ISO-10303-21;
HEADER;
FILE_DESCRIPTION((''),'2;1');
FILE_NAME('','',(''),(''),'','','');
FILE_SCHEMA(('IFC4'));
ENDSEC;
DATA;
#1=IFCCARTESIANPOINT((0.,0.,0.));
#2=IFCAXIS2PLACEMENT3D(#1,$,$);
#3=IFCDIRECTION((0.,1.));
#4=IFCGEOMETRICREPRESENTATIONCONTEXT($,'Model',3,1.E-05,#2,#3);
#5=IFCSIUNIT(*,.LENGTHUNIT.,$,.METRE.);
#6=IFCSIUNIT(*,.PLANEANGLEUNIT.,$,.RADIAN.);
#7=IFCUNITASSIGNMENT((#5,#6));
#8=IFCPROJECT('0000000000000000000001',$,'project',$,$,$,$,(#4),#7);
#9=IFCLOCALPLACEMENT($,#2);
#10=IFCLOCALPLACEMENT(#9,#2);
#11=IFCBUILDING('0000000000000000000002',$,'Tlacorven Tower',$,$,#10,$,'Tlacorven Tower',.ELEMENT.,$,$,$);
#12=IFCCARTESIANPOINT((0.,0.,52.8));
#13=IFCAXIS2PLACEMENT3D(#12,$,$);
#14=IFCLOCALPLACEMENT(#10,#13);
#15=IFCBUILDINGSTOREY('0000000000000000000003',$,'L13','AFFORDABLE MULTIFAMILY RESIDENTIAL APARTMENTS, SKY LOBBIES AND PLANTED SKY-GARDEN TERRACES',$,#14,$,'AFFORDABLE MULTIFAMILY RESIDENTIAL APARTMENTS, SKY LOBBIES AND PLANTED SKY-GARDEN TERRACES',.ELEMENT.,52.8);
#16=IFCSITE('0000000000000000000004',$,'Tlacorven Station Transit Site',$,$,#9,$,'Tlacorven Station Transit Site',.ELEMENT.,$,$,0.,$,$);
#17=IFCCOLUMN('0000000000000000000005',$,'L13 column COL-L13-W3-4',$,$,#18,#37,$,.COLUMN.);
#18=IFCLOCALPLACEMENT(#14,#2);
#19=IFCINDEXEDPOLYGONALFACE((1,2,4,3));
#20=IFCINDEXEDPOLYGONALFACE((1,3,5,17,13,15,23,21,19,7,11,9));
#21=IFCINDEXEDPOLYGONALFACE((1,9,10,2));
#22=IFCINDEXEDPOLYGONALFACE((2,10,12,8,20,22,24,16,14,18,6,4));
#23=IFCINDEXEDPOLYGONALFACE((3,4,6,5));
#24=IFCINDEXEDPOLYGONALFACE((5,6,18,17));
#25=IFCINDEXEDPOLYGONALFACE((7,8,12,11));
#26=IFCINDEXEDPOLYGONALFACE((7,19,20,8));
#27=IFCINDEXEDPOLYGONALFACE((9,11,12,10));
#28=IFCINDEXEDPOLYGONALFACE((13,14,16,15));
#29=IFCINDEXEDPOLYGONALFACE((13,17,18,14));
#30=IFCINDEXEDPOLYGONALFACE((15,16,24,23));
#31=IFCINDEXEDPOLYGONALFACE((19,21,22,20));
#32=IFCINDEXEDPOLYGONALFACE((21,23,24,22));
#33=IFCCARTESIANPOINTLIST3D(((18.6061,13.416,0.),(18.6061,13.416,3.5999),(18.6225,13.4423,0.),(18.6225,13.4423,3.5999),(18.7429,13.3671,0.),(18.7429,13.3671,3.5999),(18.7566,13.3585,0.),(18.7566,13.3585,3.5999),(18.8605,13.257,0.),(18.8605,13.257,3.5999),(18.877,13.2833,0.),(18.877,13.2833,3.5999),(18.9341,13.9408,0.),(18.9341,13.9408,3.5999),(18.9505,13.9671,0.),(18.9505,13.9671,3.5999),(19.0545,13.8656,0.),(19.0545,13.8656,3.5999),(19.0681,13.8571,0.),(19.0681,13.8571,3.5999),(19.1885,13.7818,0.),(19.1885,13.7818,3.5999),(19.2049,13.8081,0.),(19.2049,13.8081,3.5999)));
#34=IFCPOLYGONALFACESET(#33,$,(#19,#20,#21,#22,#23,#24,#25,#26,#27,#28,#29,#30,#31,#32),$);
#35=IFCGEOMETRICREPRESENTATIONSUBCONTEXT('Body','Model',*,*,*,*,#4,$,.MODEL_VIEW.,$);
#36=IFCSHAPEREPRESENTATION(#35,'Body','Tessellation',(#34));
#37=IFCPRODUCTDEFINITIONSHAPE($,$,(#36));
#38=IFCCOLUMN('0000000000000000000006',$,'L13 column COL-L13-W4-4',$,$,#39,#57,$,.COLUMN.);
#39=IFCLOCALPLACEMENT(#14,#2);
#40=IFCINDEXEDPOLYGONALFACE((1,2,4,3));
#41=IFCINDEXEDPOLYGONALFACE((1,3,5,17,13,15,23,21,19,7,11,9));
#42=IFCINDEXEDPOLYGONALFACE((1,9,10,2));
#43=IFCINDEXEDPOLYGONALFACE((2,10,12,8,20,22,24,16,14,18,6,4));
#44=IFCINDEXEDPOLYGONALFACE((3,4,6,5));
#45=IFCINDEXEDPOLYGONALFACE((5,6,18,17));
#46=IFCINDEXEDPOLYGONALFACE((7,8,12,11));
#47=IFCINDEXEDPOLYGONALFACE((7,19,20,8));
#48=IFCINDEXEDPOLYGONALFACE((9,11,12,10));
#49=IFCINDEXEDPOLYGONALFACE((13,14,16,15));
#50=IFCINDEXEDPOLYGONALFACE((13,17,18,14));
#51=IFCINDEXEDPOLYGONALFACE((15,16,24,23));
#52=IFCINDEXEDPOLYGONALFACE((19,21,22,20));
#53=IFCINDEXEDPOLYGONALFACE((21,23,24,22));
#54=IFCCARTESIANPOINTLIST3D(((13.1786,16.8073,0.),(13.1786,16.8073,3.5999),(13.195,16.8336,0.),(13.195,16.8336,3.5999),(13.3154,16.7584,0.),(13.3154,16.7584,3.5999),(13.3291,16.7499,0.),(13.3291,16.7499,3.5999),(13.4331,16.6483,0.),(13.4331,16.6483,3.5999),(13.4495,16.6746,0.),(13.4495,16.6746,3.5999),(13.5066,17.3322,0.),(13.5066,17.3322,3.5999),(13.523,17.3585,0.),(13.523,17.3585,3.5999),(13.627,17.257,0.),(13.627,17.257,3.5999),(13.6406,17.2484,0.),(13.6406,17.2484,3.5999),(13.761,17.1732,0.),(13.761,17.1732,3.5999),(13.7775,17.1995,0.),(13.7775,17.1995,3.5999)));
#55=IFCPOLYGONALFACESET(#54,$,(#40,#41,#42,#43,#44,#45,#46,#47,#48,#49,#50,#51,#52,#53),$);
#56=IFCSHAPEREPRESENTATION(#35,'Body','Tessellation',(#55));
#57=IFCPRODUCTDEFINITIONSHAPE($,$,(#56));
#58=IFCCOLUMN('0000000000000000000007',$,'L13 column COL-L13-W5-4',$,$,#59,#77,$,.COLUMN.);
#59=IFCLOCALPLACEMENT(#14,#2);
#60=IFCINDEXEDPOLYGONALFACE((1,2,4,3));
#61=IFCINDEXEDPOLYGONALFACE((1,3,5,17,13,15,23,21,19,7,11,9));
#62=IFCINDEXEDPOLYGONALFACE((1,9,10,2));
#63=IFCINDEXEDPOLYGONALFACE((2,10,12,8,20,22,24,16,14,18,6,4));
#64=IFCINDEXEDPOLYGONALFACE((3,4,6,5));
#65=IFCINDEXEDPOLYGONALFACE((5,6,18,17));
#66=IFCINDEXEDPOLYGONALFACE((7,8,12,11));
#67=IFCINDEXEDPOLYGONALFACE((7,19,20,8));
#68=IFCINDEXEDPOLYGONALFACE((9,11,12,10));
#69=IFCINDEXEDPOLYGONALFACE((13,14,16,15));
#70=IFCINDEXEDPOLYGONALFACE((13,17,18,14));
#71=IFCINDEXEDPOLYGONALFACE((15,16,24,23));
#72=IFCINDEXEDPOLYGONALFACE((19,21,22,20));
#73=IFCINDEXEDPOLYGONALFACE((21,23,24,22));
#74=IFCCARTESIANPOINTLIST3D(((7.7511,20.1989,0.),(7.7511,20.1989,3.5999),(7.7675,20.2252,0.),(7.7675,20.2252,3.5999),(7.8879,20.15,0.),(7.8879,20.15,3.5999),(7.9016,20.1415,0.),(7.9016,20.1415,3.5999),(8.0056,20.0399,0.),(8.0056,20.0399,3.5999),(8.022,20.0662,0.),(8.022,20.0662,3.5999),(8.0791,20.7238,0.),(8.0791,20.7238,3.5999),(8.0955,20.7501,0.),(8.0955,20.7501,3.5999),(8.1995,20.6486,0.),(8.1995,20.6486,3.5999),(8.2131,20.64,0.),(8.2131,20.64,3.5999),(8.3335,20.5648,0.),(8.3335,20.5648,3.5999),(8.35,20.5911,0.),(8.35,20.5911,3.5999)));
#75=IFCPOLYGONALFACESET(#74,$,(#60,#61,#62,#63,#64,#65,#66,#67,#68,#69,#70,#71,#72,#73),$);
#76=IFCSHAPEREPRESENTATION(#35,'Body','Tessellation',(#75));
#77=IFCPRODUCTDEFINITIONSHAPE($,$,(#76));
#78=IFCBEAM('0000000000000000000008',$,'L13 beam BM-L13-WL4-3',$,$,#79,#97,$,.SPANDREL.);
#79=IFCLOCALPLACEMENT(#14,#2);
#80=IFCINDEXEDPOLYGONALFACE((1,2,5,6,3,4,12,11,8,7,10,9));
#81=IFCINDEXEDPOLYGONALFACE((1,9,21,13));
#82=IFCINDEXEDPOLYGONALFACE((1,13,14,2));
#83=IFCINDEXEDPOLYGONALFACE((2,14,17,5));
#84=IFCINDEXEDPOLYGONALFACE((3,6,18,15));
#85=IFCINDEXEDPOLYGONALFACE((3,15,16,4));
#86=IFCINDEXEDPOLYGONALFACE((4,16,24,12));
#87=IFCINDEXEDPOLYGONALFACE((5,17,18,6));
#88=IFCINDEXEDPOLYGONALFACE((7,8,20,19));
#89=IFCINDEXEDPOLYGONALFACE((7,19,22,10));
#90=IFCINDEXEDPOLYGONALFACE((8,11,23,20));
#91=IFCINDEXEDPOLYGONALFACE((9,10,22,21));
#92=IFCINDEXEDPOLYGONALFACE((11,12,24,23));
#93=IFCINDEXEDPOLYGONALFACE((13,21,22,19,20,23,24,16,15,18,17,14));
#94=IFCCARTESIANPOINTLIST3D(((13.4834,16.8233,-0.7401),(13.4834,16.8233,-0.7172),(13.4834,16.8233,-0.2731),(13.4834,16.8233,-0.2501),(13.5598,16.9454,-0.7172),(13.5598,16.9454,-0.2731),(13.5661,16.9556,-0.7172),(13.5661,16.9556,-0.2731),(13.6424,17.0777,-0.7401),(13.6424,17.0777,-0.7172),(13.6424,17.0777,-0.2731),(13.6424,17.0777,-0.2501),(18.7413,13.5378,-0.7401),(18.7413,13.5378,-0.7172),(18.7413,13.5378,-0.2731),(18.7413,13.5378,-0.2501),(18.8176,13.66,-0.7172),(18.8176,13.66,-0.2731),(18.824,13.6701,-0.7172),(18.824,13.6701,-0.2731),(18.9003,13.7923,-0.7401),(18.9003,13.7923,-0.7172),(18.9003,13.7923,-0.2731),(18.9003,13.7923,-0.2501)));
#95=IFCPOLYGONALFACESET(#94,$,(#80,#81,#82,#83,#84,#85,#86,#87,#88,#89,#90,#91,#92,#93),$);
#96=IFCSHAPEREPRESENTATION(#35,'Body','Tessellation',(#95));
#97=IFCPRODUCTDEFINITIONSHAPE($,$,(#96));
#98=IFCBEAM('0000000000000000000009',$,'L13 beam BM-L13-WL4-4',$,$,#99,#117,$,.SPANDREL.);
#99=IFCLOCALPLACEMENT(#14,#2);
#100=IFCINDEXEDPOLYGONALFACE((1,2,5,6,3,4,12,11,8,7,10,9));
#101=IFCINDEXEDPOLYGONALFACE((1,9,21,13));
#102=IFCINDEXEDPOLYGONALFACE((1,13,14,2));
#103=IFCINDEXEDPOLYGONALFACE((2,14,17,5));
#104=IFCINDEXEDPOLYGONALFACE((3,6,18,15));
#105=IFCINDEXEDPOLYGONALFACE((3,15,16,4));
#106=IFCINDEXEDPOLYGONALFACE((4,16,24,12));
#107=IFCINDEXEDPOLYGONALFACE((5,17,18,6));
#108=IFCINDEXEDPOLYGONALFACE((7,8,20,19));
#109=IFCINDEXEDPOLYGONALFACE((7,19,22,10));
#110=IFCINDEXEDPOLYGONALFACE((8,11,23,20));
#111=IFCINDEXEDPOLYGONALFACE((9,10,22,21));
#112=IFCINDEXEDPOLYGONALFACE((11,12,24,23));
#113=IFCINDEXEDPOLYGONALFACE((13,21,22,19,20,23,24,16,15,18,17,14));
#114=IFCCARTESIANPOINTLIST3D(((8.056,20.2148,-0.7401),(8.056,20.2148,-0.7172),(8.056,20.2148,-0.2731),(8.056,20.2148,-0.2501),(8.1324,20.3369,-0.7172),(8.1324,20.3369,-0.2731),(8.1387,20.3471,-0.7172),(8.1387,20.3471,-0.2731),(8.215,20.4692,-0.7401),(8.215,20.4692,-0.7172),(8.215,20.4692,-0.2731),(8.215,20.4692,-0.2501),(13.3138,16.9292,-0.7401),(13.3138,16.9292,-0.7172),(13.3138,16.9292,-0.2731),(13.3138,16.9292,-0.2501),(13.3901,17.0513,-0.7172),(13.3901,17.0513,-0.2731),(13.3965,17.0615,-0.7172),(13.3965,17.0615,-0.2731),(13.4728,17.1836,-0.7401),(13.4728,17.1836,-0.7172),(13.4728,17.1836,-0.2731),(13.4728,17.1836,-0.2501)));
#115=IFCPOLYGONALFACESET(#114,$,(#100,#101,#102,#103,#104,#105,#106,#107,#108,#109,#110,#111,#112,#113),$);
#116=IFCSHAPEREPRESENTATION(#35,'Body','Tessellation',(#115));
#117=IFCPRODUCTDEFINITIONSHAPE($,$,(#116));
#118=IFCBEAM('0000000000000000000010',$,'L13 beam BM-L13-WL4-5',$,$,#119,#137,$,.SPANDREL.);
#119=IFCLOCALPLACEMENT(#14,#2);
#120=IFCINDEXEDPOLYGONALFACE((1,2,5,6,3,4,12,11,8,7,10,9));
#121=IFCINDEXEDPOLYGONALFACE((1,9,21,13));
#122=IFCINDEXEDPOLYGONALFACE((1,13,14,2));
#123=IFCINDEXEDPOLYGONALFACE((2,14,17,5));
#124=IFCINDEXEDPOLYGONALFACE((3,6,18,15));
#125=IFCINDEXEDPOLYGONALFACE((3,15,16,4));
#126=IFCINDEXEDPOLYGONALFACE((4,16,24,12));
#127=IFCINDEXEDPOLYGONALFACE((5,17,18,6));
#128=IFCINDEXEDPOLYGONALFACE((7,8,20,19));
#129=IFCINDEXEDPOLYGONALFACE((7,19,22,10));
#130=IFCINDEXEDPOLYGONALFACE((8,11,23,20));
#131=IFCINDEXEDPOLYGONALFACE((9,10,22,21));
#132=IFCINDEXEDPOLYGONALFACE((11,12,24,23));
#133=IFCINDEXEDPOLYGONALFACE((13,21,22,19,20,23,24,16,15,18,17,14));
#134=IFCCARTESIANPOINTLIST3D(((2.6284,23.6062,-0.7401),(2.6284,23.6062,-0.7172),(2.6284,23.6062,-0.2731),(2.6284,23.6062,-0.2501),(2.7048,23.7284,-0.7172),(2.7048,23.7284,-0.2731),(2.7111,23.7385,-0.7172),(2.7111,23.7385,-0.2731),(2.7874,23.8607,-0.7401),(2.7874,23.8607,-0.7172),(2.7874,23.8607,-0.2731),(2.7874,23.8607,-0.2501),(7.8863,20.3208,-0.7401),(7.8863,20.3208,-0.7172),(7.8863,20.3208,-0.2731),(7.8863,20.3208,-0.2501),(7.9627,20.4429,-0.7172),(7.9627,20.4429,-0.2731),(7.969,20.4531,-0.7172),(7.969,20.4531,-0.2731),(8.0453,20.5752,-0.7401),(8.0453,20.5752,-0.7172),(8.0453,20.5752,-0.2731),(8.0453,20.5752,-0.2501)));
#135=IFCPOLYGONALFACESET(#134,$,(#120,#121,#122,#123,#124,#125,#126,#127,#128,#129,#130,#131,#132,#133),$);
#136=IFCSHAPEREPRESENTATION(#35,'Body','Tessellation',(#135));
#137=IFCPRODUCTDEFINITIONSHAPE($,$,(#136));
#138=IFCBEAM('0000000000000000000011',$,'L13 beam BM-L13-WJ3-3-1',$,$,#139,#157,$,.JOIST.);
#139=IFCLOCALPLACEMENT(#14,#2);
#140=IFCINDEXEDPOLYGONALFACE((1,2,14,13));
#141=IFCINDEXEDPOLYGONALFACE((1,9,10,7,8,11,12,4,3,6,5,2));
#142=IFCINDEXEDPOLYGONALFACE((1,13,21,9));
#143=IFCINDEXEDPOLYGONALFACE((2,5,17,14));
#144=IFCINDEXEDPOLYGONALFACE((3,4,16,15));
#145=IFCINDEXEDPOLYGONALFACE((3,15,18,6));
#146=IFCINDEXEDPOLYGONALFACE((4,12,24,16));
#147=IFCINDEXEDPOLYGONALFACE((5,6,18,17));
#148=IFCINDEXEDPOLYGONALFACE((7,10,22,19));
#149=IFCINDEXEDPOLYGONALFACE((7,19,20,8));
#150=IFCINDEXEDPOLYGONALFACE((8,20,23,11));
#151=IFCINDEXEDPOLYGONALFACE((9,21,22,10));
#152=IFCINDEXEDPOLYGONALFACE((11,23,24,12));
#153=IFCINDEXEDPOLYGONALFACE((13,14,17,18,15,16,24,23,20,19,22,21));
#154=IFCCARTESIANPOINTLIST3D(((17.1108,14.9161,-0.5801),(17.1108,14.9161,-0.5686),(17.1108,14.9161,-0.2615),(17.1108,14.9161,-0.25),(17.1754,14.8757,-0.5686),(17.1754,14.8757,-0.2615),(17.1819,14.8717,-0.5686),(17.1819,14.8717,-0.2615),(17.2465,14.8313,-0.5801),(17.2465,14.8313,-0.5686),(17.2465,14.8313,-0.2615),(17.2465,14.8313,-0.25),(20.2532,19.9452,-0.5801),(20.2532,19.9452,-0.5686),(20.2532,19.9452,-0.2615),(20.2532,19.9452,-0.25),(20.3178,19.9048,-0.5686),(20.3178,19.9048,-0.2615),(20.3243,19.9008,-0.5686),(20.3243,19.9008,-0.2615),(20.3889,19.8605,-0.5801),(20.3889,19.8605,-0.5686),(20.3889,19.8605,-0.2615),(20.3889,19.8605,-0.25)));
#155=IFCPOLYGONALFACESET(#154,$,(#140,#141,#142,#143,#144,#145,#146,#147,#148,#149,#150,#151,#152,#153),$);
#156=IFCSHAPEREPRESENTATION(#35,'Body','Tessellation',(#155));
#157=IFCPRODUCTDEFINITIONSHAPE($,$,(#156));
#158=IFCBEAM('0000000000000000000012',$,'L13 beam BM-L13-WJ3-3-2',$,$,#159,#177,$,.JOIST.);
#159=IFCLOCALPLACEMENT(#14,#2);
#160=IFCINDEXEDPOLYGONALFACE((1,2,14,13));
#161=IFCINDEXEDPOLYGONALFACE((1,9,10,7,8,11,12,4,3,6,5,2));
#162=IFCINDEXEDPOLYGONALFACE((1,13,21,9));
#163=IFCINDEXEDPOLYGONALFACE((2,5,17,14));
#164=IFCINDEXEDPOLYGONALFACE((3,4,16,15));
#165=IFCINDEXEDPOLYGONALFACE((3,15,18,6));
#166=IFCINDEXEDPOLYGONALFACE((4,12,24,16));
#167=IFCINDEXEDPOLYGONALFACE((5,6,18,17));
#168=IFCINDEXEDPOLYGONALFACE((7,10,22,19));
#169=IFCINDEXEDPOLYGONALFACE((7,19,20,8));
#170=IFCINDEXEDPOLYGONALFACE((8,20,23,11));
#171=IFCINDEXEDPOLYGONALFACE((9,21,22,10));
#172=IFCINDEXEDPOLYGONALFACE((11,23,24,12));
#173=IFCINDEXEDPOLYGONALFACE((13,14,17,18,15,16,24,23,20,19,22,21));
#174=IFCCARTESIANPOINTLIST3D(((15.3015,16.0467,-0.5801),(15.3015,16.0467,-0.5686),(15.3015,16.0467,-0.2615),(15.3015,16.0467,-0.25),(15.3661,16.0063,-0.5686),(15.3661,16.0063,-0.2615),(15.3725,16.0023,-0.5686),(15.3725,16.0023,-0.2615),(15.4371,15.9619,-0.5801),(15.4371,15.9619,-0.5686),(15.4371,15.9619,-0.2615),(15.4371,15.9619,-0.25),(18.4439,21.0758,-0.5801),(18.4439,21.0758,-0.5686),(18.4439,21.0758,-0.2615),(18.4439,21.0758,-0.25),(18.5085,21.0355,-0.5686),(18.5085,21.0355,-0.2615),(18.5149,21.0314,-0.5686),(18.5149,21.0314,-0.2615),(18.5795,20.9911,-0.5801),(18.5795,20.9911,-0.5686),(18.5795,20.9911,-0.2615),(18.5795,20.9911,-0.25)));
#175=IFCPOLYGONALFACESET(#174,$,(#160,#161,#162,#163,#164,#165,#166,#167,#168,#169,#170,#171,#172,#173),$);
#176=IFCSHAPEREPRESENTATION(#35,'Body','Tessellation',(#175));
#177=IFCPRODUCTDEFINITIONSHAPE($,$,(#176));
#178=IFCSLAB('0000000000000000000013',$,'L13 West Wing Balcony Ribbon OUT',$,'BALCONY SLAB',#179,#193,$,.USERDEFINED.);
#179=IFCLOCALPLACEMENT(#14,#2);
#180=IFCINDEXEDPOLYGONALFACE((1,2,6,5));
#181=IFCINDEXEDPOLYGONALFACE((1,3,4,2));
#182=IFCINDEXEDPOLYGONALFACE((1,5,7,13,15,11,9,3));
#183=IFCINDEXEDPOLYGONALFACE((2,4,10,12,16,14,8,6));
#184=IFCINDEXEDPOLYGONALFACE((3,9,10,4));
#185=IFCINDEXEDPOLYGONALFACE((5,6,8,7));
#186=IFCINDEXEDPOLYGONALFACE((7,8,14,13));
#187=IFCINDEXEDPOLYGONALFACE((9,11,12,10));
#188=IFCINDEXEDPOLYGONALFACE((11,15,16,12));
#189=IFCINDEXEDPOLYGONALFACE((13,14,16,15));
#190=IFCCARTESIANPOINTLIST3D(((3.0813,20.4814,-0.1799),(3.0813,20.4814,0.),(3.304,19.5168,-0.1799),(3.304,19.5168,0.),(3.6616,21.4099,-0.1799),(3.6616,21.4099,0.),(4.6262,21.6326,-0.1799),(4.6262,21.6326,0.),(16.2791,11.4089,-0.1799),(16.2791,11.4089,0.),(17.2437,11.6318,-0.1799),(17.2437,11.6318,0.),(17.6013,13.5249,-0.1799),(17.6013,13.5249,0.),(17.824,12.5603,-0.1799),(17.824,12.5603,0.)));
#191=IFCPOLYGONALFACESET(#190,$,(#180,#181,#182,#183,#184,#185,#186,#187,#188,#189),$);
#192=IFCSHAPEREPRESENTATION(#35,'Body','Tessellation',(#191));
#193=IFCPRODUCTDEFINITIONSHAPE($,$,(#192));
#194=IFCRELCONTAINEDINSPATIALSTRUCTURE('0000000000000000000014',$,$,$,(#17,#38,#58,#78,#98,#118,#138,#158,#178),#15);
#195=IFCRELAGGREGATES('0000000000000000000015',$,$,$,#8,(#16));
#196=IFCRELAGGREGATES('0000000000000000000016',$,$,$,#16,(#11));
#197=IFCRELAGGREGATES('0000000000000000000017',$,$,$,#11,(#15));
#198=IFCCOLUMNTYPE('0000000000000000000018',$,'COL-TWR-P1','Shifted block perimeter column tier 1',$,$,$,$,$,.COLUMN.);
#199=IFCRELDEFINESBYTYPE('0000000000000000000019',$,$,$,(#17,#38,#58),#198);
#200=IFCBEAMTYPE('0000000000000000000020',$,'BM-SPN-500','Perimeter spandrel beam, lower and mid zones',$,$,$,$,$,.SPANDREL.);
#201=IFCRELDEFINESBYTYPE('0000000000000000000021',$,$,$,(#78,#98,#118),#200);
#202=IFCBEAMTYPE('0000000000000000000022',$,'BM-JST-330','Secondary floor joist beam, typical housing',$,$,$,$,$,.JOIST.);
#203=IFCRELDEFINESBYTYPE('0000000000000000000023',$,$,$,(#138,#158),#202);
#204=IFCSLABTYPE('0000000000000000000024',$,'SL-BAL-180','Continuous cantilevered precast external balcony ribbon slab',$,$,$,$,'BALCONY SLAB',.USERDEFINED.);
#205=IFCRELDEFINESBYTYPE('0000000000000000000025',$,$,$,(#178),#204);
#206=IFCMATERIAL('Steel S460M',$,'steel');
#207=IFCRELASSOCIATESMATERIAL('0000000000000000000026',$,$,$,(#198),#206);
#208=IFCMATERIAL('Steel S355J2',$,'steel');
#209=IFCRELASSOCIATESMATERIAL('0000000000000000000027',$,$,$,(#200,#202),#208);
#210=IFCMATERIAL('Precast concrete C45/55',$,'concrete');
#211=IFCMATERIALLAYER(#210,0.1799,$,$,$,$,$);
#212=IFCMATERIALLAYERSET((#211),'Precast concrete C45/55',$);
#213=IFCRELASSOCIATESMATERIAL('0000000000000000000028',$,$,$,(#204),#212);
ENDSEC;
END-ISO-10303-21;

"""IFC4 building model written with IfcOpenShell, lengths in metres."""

from ifc_helpers import new_model, si_unit, direction, frame, origin, origin_2d, place, context, subcontext, project, spatial, polyline, i_section, outline, extrude, source, transform, mapped, material, layer, layer_set, material_profile, profile_set, type_object, element, save


model = new_model("IFC4")

# Units and contexts
model_context = context("Model", 3, precision=1e-05, world=origin(), true_north=direction((0.0, 1.0)))
body_context = subcontext(model_context, "Body", "Model", "MODEL_VIEW")
ifc_project = project(units=[si_unit("LENGTHUNIT", "METRE"), si_unit("PLANEANGLEUNIT", "RADIAN")], contexts=[model_context])

# Site, building, storey
site_placement = place(None, origin())
site = spatial("IfcSite", under=ifc_project, at=site_placement, Name="Tlacorven Station Transit Site", LongName="Tlacorven Station Transit Site", CompositionType="ELEMENT", RefElevation=0.0)
building_placement = place(site_placement, origin())
building = spatial("IfcBuilding", under=site, at=building_placement, Name="Tlacorven Tower", LongName="Tlacorven Tower", CompositionType="ELEMENT")
storey_placement = place(building_placement, frame((0.0, 0.0, 52.8)))
storey = spatial("IfcBuildingStorey", under=building, at=storey_placement, Name="L13", Description="AFFORDABLE MULTIFAMILY RESIDENTIAL APARTMENTS, SKY LOBBIES AND PLANTED SKY-GARDEN TERRACES", LongName="AFFORDABLE MULTIFAMILY RESIDENTIAL APARTMENTS, SKY LOBBIES AND PLANTED SKY-GARDEN TERRACES", CompositionType="ELEMENT", Elevation=52.8)

# Columns
ifc_material_1 = material(Name="Steel S460M", Category="steel")
ifc_material_profile_1 = material_profile(ifc_material_1, i_section(OverallWidth=0.3, OverallDepth=0.6499, WebThickness=0.0161, FlangeThickness=0.031, at=origin_2d()), Name="HEB 650")
ifc_profile_set_1 = profile_set([ifc_material_profile_1], Name="Steel S460M")
column_type = type_object("IfcColumnType", Name="COL-TWR-P1", Description="Shifted block perimeter column tier 1", PredefinedType="COLUMN", material=ifc_profile_set_1)
shared_shape_1 = source(origin(), body_context, "Body", "SweptSolid", [
    extrude(i_section(OverallWidth=0.3, OverallDepth=0.6499, WebThickness=0.0161, FlangeThickness=0.031, at=origin_2d()), origin(), (0.0, 0.0, 1.0), 3.5999),
])
for number, where, z_axis, x_axis, name in (
    (1, (18.9055, 13.6121, 0.0), (0.0, 0.0, 1.0), (-0.848048, 0.529919, 0.0), "L13 column COL-L13-W3-4"),
    (2, (13.478, 17.0034, 0.0), (0.0, 0.0, 1.0), (-0.848048, 0.529919, 0.0), "L13 column COL-L13-W4-4"),
    (3, (8.0505, 20.395, 0.0), (0.0, 0.0, 1.0), (-0.848048, 0.529919, 0.0), "L13 column COL-L13-W5-4"),
):
    element("IfcColumn", number, at=place(storey_placement, frame(where, z_axis=z_axis, x_axis=x_axis)), inside=storey, type_object=column_type, Name=name, PredefinedType="COLUMN", context=body_context, shape_type="MappedRepresentation", body=[
        mapped(shared_shape_1, transform((0.0, 0.0, 0.0), scale=1.0)),
    ])

# Beams
ifc_material_2 = material(Name="Steel S355J2", Category="steel")
ifc_material_profile_2 = material_profile(ifc_material_2, i_section(OverallWidth=0.3, OverallDepth=0.49, WebThickness=0.012, FlangeThickness=0.0229, at=origin_2d()), Name="HEA 500")
ifc_profile_set_2 = profile_set([ifc_material_profile_2], Name="Steel S355J2")
beam_type_1 = type_object("IfcBeamType", Name="BM-SPN-500", Description="Perimeter spandrel beam, lower and mid zones", PredefinedType="SPANDREL", material=ifc_profile_set_2)
shared_shape_2 = source(origin(), body_context, "Body", "SweptSolid", [
    extrude(i_section(OverallWidth=0.3, OverallDepth=0.49, WebThickness=0.012, FlangeThickness=0.0229, at=origin_2d()), origin(), (0.0, 0.0, 1.0), 6.2),
])
for number, where, z_axis, x_axis, name in (
    (4, (18.8208, 13.665, -0.4951), (-0.848051, 0.529914, 0.0), (-0.529914, -0.848051, 0.0), "L13 beam BM-L13-WL4-3"),
    (5, (13.3933, 17.0564, -0.4951), (-0.848034, 0.529942, 0.0), (-0.529942, -0.848034, 0.0), "L13 beam BM-L13-WL4-4"),
    (6, (7.9658, 20.448, -0.4951), (-0.848051, 0.529914, 0.0), (-0.529914, -0.848051, 0.0), "L13 beam BM-L13-WL4-5"),
):
    element("IfcBeam", number, at=place(storey_placement, frame(where, z_axis=z_axis, x_axis=x_axis)), inside=storey, type_object=beam_type_1, Name=name, PredefinedType="SPANDREL", context=body_context, shape_type="MappedRepresentation", body=[
        mapped(shared_shape_2, transform((0.0, 0.0, 0.0), scale=1.0)),
    ])
ifc_material_profile_3 = material_profile(ifc_material_2, i_section(OverallWidth=0.1599, OverallDepth=0.3301, WebThickness=0.0076, FlangeThickness=0.0115, at=origin_2d()), Name="IPE 330")
ifc_profile_set_3 = profile_set([ifc_material_profile_3], Name="Steel S355J2")
beam_type_2 = type_object("IfcBeamType", Name="BM-JST-330", Description="Secondary floor joist beam, typical housing", PredefinedType="JOIST", material=ifc_profile_set_3)
shared_shape_3 = source(origin(), body_context, "Body", "SweptSolid", [
    extrude(i_section(OverallWidth=0.1599, OverallDepth=0.3301, WebThickness=0.0076, FlangeThickness=0.0115, at=origin_2d()), origin(), (0.0, 0.0, 1.0), 5.9302),
])
for number, where, z_axis, x_axis, name in (
    (7, (20.321, 19.9028, -0.415), (-0.529899, -0.848061, 0.0), (0.848061, -0.529899, 0.0), "L13 beam BM-L13-WJ3-3-1"),
    (8, (18.5117, 21.0334, -0.415), (-0.529899, -0.848061, 0.0), (0.848061, -0.529899, 0.0), "L13 beam BM-L13-WJ3-3-2"),
):
    element("IfcBeam", number, at=place(storey_placement, frame(where, z_axis=z_axis, x_axis=x_axis)), inside=storey, type_object=beam_type_2, Name=name, PredefinedType="JOIST", context=body_context, shape_type="MappedRepresentation", body=[
        mapped(shared_shape_3, transform((0.0, 0.0, 0.0), scale=1.0)),
    ])

# Slab
ifc_material_3 = material(Name="Precast concrete C45/55", Category="concrete")
ifc_layer_1 = layer(ifc_material_3, 0.1799)
ifc_layer_set_1 = layer_set([ifc_layer_1], Name="Precast concrete C45/55")
slab_type_1 = type_object("IfcSlabType", Name="SL-BAL-180", Description="Continuous cantilevered precast external balcony ribbon slab", ElementType="BALCONY SLAB", PredefinedType="USERDEFINED", material=ifc_layer_set_1)
slab_1_placement = place(storey_placement, frame((0.0, 0.0, -0.1799)))
element("IfcSlab", 9, at=slab_1_placement, inside=storey, type_object=slab_type_1, Name="L13 West Wing Balcony Ribbon OUT", ObjectType="BALCONY SLAB", PredefinedType="USERDEFINED", context=body_context, shape_type="SweptSolid", body=[
    extrude(outline(polyline([(17.6013, 13.5249), (4.6262, 21.6326), (3.6616, 21.4099), (3.0813, 20.4814), (3.304, 19.5168), (16.2791, 11.4089), (17.2437, 11.6318), (17.824, 12.5603), (17.6013, 13.5249)])), origin(), (0.0, 0.0, 1.0), 0.1799),
])

save(model, "model.ifc")
